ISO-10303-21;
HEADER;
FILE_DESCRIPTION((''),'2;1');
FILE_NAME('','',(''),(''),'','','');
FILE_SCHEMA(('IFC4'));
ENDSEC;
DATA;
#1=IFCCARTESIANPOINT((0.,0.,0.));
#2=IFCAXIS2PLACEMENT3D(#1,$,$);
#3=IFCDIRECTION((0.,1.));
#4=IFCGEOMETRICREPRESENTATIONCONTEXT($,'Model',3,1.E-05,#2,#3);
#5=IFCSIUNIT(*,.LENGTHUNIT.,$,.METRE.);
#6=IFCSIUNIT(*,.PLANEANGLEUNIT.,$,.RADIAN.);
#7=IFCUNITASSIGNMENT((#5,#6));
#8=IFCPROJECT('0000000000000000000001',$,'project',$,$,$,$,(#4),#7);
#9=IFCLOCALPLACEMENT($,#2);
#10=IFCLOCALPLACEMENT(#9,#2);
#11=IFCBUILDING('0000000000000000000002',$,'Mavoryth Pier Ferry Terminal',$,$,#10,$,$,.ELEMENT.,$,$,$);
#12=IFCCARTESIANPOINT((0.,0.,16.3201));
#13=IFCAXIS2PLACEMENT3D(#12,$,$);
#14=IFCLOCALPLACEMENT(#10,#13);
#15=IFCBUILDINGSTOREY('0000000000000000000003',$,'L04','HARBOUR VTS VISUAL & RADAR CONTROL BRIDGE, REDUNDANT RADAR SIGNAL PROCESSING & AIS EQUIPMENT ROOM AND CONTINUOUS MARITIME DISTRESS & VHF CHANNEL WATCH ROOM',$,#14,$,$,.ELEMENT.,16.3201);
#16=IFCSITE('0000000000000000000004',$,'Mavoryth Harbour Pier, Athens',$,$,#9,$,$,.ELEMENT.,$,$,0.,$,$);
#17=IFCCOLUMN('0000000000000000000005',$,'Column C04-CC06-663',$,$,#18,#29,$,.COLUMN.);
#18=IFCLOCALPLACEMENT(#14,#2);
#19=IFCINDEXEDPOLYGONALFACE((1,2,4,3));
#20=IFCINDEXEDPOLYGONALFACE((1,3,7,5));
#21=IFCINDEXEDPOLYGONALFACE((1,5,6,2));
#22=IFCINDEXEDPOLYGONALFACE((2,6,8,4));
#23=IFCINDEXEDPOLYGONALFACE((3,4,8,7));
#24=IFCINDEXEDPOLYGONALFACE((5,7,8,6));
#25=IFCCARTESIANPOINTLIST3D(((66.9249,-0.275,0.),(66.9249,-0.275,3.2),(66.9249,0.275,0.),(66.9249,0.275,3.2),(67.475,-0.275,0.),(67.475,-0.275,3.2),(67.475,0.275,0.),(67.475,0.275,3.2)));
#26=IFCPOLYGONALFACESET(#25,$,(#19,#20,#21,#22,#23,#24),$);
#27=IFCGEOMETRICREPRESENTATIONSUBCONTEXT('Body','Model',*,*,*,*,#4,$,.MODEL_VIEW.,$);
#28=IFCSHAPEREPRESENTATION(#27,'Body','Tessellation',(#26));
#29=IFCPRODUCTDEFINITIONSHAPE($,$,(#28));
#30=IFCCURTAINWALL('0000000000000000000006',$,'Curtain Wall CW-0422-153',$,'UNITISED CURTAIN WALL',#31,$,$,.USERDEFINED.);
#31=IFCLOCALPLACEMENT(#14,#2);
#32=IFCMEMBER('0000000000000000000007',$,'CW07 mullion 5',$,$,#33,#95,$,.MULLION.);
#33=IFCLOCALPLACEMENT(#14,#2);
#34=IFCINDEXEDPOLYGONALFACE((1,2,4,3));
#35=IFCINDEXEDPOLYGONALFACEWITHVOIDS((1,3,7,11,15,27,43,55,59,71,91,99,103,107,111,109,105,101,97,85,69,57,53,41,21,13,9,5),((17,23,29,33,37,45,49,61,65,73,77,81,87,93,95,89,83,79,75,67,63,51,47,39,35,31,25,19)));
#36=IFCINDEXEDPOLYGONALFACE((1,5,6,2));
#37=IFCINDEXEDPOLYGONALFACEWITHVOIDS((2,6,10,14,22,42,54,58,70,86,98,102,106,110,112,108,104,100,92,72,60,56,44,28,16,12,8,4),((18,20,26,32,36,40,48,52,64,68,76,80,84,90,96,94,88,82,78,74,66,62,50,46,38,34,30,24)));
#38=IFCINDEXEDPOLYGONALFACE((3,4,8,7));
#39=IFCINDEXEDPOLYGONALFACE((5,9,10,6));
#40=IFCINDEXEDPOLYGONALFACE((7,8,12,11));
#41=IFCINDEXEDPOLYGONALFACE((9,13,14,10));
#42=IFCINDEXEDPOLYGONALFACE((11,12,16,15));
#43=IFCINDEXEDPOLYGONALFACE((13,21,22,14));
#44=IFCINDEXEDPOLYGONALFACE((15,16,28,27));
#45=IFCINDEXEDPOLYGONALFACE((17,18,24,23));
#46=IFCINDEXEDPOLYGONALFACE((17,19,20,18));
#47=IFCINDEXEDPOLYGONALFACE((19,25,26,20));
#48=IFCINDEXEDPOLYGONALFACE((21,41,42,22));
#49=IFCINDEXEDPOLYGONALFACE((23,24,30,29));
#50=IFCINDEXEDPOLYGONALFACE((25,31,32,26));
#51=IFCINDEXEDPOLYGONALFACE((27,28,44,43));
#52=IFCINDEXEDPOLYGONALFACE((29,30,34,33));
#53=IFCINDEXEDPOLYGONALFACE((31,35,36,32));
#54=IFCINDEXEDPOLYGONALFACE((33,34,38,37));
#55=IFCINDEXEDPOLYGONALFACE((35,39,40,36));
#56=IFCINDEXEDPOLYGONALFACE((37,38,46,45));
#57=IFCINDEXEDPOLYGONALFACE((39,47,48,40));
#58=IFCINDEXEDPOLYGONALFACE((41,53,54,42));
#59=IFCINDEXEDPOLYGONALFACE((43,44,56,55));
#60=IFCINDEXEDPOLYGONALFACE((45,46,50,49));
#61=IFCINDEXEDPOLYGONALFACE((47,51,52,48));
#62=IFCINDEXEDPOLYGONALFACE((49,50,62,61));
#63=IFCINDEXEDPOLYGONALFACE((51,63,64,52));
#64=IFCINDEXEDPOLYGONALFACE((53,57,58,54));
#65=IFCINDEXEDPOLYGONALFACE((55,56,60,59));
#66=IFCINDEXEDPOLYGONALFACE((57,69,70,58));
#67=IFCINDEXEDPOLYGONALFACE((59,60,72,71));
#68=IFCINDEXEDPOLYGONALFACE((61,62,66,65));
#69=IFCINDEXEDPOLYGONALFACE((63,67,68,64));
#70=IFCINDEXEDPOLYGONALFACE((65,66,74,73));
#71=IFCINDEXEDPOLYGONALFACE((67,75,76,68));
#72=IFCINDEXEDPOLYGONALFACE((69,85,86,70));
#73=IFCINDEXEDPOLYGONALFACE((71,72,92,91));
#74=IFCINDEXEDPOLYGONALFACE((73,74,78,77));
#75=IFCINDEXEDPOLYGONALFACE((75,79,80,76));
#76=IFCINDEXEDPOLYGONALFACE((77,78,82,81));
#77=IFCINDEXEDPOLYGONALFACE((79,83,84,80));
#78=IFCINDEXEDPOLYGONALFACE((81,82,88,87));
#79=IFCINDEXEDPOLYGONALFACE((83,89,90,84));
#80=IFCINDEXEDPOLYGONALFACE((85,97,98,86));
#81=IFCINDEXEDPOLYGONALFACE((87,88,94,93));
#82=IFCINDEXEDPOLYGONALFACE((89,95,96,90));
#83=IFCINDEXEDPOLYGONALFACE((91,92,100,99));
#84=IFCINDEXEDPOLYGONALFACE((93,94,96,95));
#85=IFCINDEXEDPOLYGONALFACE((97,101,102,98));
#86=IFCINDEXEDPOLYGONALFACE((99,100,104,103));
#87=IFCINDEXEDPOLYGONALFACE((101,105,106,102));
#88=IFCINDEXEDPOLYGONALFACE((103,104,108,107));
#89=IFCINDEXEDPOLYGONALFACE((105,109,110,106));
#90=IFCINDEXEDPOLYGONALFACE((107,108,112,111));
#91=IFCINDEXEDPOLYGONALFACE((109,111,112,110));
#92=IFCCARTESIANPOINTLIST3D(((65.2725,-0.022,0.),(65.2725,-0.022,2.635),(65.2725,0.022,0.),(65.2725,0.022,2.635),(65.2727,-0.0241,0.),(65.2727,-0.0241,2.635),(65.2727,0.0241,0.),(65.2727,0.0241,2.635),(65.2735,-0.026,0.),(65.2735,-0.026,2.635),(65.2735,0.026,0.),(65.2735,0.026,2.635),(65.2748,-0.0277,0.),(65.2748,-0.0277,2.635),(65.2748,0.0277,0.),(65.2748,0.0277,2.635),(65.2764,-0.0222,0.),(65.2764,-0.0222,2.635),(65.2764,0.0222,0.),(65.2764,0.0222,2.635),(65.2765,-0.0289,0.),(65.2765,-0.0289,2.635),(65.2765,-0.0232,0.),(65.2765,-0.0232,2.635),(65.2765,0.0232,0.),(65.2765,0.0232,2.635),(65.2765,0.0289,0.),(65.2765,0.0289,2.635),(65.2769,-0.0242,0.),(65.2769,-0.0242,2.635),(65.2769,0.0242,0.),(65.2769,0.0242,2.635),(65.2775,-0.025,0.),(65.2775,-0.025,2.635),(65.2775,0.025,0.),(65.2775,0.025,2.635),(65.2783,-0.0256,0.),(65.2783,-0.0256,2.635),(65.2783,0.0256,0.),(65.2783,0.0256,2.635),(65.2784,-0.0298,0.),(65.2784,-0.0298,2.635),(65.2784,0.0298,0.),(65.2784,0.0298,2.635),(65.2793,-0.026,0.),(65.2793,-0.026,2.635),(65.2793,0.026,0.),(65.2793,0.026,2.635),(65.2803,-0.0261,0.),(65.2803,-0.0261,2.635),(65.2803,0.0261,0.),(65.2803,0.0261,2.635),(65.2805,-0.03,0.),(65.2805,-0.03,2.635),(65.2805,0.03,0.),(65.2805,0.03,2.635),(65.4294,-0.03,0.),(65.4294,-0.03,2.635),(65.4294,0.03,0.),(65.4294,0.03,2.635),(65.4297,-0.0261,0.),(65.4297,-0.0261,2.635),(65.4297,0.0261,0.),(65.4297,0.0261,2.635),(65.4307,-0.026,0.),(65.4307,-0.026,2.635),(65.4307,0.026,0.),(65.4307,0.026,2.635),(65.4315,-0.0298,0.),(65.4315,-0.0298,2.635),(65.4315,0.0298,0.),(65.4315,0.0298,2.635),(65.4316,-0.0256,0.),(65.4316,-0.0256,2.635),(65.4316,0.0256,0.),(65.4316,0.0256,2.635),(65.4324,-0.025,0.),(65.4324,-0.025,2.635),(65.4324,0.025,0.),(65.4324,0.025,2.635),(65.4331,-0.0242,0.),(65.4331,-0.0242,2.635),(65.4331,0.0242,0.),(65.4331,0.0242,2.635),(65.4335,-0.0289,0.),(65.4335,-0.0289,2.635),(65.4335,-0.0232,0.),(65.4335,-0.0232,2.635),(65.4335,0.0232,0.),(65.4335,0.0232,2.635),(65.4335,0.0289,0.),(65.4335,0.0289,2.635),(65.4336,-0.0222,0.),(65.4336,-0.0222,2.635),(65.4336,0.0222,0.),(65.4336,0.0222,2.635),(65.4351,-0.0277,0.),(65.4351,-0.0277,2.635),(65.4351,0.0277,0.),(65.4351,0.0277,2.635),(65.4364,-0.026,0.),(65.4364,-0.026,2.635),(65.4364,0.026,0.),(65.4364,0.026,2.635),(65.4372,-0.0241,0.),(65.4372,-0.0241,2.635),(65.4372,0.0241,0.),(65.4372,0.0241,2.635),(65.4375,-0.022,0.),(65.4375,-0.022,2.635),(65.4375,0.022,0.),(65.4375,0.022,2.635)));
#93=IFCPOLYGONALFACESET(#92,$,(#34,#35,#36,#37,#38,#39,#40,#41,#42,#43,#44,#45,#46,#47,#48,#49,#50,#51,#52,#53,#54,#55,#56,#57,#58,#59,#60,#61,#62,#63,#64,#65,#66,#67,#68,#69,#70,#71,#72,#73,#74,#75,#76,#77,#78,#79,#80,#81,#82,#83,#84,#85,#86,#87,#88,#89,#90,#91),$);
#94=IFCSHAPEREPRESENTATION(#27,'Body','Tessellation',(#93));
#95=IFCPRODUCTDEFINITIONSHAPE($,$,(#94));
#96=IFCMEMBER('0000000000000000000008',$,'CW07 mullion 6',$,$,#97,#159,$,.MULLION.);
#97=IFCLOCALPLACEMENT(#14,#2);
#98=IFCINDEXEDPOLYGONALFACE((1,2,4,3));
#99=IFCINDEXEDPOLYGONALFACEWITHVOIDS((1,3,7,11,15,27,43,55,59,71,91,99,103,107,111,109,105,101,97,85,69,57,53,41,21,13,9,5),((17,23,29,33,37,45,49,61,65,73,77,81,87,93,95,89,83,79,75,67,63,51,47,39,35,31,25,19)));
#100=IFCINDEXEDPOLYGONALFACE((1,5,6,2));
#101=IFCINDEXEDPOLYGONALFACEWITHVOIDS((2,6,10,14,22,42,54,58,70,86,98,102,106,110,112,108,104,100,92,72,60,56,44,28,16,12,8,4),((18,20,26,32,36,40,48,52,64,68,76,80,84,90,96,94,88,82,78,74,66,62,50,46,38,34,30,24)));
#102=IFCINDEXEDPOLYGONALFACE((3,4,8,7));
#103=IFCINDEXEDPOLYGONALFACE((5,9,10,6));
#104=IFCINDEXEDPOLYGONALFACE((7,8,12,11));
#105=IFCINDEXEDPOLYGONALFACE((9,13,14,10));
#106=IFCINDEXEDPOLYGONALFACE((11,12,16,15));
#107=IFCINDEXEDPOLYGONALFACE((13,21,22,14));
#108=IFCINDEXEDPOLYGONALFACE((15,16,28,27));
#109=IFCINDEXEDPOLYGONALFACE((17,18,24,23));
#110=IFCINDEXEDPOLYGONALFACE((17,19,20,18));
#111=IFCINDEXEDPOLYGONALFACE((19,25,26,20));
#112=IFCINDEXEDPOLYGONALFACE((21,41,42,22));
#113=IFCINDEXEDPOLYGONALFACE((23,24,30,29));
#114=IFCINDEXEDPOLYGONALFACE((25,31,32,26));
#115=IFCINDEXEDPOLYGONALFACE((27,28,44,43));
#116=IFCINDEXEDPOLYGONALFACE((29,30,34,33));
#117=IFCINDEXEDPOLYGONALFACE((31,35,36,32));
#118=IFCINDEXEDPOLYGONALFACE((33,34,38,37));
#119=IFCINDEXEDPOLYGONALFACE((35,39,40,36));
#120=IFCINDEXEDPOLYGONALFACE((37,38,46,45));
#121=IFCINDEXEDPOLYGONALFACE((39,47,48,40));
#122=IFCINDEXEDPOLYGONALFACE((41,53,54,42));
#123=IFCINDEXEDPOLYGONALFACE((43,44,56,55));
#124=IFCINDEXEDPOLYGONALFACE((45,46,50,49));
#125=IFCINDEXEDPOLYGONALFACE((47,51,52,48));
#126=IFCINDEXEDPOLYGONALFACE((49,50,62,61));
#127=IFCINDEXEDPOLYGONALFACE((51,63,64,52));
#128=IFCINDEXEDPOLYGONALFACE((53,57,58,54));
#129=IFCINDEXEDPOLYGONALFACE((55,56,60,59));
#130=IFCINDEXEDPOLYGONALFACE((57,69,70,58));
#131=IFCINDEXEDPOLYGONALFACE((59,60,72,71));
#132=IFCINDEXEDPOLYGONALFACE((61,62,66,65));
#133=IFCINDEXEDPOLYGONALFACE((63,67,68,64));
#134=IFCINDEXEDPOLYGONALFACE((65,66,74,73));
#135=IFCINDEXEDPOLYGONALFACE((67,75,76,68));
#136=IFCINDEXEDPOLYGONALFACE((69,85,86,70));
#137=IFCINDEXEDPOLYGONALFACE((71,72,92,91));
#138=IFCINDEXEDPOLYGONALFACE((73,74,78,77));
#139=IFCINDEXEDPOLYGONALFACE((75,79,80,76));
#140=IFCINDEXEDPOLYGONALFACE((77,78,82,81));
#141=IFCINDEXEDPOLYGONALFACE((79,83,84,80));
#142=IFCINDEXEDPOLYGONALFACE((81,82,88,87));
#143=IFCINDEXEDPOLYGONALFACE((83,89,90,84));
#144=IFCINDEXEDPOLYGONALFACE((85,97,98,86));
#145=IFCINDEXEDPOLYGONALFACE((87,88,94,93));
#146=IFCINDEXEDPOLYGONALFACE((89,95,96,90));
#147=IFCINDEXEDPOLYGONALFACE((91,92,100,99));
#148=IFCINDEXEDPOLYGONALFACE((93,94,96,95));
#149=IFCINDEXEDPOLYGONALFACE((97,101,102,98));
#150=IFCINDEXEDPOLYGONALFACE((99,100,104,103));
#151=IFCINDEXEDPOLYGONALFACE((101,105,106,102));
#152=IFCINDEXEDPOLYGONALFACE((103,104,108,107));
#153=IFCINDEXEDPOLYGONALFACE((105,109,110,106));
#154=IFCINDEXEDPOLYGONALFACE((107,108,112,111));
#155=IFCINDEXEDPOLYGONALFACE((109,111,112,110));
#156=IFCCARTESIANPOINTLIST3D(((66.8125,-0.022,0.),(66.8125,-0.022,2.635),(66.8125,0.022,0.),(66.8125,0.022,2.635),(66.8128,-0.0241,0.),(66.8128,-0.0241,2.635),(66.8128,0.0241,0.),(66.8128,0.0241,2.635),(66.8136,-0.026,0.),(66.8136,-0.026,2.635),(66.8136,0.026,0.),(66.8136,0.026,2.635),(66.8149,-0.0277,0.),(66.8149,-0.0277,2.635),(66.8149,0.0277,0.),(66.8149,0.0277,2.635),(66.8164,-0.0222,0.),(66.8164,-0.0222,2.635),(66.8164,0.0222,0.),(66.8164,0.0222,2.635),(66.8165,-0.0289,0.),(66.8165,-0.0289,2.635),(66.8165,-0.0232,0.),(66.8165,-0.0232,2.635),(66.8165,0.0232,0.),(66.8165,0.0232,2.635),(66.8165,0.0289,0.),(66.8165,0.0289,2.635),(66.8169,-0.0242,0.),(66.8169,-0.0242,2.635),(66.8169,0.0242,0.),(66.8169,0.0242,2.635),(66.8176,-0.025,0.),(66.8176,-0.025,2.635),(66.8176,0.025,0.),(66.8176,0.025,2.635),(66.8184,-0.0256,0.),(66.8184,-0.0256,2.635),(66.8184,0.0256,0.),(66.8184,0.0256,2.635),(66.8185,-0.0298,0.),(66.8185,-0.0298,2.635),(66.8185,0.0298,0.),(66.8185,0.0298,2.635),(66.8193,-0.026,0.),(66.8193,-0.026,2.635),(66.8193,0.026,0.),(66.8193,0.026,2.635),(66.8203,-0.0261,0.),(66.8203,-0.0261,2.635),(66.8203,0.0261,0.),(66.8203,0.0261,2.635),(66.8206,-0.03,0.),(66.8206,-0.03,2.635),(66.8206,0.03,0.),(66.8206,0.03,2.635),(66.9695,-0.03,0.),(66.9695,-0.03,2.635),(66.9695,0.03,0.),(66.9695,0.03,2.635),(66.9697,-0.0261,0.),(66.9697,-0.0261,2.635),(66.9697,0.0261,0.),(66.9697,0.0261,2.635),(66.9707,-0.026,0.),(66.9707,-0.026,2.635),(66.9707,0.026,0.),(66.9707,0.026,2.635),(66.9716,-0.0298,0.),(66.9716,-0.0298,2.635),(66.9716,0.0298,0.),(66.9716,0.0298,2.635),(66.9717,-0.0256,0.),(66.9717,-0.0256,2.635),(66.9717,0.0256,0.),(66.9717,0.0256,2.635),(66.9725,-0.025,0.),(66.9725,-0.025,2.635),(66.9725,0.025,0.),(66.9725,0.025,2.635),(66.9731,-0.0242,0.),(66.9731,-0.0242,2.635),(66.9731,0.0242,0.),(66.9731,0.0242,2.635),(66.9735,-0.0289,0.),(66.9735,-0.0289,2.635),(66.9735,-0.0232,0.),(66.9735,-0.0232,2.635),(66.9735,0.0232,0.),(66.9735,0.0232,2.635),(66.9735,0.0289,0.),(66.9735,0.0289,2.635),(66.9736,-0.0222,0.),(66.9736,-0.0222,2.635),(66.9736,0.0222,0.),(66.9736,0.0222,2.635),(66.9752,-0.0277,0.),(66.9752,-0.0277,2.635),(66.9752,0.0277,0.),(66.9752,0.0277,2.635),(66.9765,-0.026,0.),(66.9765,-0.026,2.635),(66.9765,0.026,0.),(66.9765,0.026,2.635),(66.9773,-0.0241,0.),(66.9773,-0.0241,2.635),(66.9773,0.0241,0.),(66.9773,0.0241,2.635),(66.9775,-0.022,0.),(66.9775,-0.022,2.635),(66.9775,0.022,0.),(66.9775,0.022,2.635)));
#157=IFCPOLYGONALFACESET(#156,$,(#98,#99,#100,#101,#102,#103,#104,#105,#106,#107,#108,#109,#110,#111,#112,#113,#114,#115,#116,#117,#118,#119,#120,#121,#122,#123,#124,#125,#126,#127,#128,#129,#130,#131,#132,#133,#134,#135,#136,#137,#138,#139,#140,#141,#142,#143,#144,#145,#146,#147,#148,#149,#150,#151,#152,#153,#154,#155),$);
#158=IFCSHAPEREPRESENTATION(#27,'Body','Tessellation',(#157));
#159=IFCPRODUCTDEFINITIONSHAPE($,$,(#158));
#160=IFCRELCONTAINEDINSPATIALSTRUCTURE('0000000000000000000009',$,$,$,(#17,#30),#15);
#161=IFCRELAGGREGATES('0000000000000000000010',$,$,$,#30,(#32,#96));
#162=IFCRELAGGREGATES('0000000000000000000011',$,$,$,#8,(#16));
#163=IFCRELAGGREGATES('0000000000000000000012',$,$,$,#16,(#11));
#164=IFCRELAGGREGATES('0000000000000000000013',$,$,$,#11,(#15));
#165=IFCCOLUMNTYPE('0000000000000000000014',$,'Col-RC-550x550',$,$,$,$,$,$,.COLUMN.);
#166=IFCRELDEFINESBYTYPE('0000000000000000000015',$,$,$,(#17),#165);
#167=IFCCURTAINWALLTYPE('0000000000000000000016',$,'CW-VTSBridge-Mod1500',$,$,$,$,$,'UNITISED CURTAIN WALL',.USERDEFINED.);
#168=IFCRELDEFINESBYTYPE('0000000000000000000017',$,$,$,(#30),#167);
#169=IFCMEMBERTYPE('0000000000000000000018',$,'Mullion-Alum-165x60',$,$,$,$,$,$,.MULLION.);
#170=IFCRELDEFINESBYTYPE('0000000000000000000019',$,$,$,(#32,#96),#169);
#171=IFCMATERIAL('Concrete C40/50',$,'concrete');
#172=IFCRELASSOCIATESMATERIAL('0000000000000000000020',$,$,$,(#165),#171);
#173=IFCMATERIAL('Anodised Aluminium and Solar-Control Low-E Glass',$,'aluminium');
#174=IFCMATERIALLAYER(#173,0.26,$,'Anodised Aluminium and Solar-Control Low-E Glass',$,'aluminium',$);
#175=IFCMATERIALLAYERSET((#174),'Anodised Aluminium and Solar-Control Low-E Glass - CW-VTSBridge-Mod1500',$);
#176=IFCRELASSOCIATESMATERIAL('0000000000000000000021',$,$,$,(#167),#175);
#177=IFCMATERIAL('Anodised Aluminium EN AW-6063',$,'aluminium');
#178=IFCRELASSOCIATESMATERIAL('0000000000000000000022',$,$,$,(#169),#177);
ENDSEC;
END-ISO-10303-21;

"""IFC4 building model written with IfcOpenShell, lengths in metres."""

from ifc_helpers import new_model, si_unit, direction, frame, origin, origin_2d, place, context, subcontext, project, spatial, rectangle, hollow_rectangle, extrude, material, layer, layer_set, material_profile, profile_set, type_object, element, aggregate, save


model = new_model("IFC4")

# Units and contexts
model_context = context("Model", 3, precision=1e-05, world=origin(), true_north=direction((0.0, 1.0)))
body_context = subcontext(model_context, "Body", "Model", "MODEL_VIEW")
ifc_project = project(units=[si_unit("LENGTHUNIT", "METRE"), si_unit("PLANEANGLEUNIT", "RADIAN")], contexts=[model_context])

# Site, building, storey
site_placement = place(None, origin())
site = spatial("IfcSite", under=ifc_project, at=site_placement, Name="Mavoryth Harbour Pier, Athens", CompositionType="ELEMENT", RefElevation=0.0)
building_placement = place(site_placement, origin())
building = spatial("IfcBuilding", under=site, at=building_placement, Name="Mavoryth Pier Ferry Terminal", CompositionType="ELEMENT")
storey_placement = place(building_placement, frame((0.0, 0.0, 16.3201)))
storey = spatial("IfcBuildingStorey", under=building, at=storey_placement, Name="L04", Description="HARBOUR VTS VISUAL & RADAR CONTROL BRIDGE, REDUNDANT RADAR SIGNAL PROCESSING & AIS EQUIPMENT ROOM AND CONTINUOUS MARITIME DISTRESS & VHF CHANNEL WATCH ROOM", CompositionType="ELEMENT", Elevation=16.3201)

# Column
ifc_material_1 = material(Name="Concrete C40/50", Category="concrete")
ifc_material_profile_1 = material_profile(ifc_material_1, rectangle(XDim=0.55, YDim=0.55, at=origin_2d()), Name="RC 550x550", Category="concrete")
ifc_profile_set_1 = profile_set([ifc_material_profile_1], Name="Concrete C40/50 - RC 550x550")
column_type = type_object("IfcColumnType", Name="Col-RC-550x550", PredefinedType="COLUMN", material=ifc_profile_set_1)
column_placement = place(storey_placement, frame((67.2, 0.0, 0.0), z_axis=(0.0, 0.0, 1.0), x_axis=(1.0, 0.0, 0.0)))
element("IfcColumn", 1, at=column_placement, inside=storey, type_object=column_type, Name="Column C04-CC06-663", PredefinedType="COLUMN", context=body_context, shape_type="SweptSolid", body=[
    extrude(rectangle(XDim=0.55, YDim=0.55, at=origin_2d()), origin(), (0.0, 0.0, 1.0), 3.2),
])

# Curtain wall, members
ifc_material_2 = material(Name="Anodised Aluminium and Solar-Control Low-E Glass", Category="aluminium")
ifc_layer_1 = layer(ifc_material_2, 0.26, Name="Anodised Aluminium and Solar-Control Low-E Glass", Category="aluminium")
ifc_layer_set_1 = layer_set([ifc_layer_1], Name="Anodised Aluminium and Solar-Control Low-E Glass - CW-VTSBridge-Mod1500")
curtain_wall_type = type_object("IfcCurtainWallType", Name="CW-VTSBridge-Mod1500", ElementType="UNITISED CURTAIN WALL", PredefinedType="USERDEFINED", material=ifc_layer_set_1)
curtain_wall_1_placement = place(storey_placement, origin())
curtain_wall_1 = element("IfcCurtainWall", 2, at=curtain_wall_1_placement, inside=storey, type_object=curtain_wall_type, Name="Curtain Wall CW-0422-153", ObjectType="UNITISED CURTAIN WALL", PredefinedType="USERDEFINED")
ifc_material_3 = material(Name="Anodised Aluminium EN AW-6063", Category="aluminium")
ifc_material_profile_2 = material_profile(ifc_material_3, hollow_rectangle(XDim=0.0601, YDim=0.165, WallThickness=0.0039, InnerFilletRadius=0.0039, OuterFilletRadius=0.0081, at=origin_2d()), Name="AL-MULL 165x60x4", Category="aluminium")
ifc_profile_set_2 = profile_set([ifc_material_profile_2], Name="Anodised Aluminium EN AW-6063 - AL-MULL 165x60x4")
member_type_1 = type_object("IfcMemberType", Name="Mullion-Alum-165x60", PredefinedType="MULLION", material=ifc_profile_set_2)
member_1_placement = place(storey_placement, frame((65.355, 0.0, 0.0), z_axis=(0.0, 0.0, 1.0), x_axis=(0.0, 1.0, 0.0)))
member_1 = element("IfcMember", 3, at=member_1_placement, type_object=member_type_1, Name="CW07 mullion 5", PredefinedType="MULLION", context=body_context, shape_type="SweptSolid", body=[
    extrude(hollow_rectangle(XDim=0.0601, YDim=0.165, WallThickness=0.0039, InnerFilletRadius=0.0039, OuterFilletRadius=0.0081, at=origin_2d()), origin(), (0.0, 0.0, 1.0), 2.635),
])
member_2_placement = place(storey_placement, frame((66.895, 0.0, 0.0), z_axis=(0.0, 0.0, 1.0), x_axis=(0.0, 1.0, 0.0)))
member_2 = element("IfcMember", 4, at=member_2_placement, type_object=member_type_1, Name="CW07 mullion 6", PredefinedType="MULLION", context=body_context, shape_type="SweptSolid", body=[
    extrude(hollow_rectangle(XDim=0.0601, YDim=0.165, WallThickness=0.0039, InnerFilletRadius=0.0039, OuterFilletRadius=0.0081, at=origin_2d()), origin(), (0.0, 0.0, 1.0), 2.635),
])

aggregate(curtain_wall_1, [member_1, member_2])

save(model, "model.ifc")
